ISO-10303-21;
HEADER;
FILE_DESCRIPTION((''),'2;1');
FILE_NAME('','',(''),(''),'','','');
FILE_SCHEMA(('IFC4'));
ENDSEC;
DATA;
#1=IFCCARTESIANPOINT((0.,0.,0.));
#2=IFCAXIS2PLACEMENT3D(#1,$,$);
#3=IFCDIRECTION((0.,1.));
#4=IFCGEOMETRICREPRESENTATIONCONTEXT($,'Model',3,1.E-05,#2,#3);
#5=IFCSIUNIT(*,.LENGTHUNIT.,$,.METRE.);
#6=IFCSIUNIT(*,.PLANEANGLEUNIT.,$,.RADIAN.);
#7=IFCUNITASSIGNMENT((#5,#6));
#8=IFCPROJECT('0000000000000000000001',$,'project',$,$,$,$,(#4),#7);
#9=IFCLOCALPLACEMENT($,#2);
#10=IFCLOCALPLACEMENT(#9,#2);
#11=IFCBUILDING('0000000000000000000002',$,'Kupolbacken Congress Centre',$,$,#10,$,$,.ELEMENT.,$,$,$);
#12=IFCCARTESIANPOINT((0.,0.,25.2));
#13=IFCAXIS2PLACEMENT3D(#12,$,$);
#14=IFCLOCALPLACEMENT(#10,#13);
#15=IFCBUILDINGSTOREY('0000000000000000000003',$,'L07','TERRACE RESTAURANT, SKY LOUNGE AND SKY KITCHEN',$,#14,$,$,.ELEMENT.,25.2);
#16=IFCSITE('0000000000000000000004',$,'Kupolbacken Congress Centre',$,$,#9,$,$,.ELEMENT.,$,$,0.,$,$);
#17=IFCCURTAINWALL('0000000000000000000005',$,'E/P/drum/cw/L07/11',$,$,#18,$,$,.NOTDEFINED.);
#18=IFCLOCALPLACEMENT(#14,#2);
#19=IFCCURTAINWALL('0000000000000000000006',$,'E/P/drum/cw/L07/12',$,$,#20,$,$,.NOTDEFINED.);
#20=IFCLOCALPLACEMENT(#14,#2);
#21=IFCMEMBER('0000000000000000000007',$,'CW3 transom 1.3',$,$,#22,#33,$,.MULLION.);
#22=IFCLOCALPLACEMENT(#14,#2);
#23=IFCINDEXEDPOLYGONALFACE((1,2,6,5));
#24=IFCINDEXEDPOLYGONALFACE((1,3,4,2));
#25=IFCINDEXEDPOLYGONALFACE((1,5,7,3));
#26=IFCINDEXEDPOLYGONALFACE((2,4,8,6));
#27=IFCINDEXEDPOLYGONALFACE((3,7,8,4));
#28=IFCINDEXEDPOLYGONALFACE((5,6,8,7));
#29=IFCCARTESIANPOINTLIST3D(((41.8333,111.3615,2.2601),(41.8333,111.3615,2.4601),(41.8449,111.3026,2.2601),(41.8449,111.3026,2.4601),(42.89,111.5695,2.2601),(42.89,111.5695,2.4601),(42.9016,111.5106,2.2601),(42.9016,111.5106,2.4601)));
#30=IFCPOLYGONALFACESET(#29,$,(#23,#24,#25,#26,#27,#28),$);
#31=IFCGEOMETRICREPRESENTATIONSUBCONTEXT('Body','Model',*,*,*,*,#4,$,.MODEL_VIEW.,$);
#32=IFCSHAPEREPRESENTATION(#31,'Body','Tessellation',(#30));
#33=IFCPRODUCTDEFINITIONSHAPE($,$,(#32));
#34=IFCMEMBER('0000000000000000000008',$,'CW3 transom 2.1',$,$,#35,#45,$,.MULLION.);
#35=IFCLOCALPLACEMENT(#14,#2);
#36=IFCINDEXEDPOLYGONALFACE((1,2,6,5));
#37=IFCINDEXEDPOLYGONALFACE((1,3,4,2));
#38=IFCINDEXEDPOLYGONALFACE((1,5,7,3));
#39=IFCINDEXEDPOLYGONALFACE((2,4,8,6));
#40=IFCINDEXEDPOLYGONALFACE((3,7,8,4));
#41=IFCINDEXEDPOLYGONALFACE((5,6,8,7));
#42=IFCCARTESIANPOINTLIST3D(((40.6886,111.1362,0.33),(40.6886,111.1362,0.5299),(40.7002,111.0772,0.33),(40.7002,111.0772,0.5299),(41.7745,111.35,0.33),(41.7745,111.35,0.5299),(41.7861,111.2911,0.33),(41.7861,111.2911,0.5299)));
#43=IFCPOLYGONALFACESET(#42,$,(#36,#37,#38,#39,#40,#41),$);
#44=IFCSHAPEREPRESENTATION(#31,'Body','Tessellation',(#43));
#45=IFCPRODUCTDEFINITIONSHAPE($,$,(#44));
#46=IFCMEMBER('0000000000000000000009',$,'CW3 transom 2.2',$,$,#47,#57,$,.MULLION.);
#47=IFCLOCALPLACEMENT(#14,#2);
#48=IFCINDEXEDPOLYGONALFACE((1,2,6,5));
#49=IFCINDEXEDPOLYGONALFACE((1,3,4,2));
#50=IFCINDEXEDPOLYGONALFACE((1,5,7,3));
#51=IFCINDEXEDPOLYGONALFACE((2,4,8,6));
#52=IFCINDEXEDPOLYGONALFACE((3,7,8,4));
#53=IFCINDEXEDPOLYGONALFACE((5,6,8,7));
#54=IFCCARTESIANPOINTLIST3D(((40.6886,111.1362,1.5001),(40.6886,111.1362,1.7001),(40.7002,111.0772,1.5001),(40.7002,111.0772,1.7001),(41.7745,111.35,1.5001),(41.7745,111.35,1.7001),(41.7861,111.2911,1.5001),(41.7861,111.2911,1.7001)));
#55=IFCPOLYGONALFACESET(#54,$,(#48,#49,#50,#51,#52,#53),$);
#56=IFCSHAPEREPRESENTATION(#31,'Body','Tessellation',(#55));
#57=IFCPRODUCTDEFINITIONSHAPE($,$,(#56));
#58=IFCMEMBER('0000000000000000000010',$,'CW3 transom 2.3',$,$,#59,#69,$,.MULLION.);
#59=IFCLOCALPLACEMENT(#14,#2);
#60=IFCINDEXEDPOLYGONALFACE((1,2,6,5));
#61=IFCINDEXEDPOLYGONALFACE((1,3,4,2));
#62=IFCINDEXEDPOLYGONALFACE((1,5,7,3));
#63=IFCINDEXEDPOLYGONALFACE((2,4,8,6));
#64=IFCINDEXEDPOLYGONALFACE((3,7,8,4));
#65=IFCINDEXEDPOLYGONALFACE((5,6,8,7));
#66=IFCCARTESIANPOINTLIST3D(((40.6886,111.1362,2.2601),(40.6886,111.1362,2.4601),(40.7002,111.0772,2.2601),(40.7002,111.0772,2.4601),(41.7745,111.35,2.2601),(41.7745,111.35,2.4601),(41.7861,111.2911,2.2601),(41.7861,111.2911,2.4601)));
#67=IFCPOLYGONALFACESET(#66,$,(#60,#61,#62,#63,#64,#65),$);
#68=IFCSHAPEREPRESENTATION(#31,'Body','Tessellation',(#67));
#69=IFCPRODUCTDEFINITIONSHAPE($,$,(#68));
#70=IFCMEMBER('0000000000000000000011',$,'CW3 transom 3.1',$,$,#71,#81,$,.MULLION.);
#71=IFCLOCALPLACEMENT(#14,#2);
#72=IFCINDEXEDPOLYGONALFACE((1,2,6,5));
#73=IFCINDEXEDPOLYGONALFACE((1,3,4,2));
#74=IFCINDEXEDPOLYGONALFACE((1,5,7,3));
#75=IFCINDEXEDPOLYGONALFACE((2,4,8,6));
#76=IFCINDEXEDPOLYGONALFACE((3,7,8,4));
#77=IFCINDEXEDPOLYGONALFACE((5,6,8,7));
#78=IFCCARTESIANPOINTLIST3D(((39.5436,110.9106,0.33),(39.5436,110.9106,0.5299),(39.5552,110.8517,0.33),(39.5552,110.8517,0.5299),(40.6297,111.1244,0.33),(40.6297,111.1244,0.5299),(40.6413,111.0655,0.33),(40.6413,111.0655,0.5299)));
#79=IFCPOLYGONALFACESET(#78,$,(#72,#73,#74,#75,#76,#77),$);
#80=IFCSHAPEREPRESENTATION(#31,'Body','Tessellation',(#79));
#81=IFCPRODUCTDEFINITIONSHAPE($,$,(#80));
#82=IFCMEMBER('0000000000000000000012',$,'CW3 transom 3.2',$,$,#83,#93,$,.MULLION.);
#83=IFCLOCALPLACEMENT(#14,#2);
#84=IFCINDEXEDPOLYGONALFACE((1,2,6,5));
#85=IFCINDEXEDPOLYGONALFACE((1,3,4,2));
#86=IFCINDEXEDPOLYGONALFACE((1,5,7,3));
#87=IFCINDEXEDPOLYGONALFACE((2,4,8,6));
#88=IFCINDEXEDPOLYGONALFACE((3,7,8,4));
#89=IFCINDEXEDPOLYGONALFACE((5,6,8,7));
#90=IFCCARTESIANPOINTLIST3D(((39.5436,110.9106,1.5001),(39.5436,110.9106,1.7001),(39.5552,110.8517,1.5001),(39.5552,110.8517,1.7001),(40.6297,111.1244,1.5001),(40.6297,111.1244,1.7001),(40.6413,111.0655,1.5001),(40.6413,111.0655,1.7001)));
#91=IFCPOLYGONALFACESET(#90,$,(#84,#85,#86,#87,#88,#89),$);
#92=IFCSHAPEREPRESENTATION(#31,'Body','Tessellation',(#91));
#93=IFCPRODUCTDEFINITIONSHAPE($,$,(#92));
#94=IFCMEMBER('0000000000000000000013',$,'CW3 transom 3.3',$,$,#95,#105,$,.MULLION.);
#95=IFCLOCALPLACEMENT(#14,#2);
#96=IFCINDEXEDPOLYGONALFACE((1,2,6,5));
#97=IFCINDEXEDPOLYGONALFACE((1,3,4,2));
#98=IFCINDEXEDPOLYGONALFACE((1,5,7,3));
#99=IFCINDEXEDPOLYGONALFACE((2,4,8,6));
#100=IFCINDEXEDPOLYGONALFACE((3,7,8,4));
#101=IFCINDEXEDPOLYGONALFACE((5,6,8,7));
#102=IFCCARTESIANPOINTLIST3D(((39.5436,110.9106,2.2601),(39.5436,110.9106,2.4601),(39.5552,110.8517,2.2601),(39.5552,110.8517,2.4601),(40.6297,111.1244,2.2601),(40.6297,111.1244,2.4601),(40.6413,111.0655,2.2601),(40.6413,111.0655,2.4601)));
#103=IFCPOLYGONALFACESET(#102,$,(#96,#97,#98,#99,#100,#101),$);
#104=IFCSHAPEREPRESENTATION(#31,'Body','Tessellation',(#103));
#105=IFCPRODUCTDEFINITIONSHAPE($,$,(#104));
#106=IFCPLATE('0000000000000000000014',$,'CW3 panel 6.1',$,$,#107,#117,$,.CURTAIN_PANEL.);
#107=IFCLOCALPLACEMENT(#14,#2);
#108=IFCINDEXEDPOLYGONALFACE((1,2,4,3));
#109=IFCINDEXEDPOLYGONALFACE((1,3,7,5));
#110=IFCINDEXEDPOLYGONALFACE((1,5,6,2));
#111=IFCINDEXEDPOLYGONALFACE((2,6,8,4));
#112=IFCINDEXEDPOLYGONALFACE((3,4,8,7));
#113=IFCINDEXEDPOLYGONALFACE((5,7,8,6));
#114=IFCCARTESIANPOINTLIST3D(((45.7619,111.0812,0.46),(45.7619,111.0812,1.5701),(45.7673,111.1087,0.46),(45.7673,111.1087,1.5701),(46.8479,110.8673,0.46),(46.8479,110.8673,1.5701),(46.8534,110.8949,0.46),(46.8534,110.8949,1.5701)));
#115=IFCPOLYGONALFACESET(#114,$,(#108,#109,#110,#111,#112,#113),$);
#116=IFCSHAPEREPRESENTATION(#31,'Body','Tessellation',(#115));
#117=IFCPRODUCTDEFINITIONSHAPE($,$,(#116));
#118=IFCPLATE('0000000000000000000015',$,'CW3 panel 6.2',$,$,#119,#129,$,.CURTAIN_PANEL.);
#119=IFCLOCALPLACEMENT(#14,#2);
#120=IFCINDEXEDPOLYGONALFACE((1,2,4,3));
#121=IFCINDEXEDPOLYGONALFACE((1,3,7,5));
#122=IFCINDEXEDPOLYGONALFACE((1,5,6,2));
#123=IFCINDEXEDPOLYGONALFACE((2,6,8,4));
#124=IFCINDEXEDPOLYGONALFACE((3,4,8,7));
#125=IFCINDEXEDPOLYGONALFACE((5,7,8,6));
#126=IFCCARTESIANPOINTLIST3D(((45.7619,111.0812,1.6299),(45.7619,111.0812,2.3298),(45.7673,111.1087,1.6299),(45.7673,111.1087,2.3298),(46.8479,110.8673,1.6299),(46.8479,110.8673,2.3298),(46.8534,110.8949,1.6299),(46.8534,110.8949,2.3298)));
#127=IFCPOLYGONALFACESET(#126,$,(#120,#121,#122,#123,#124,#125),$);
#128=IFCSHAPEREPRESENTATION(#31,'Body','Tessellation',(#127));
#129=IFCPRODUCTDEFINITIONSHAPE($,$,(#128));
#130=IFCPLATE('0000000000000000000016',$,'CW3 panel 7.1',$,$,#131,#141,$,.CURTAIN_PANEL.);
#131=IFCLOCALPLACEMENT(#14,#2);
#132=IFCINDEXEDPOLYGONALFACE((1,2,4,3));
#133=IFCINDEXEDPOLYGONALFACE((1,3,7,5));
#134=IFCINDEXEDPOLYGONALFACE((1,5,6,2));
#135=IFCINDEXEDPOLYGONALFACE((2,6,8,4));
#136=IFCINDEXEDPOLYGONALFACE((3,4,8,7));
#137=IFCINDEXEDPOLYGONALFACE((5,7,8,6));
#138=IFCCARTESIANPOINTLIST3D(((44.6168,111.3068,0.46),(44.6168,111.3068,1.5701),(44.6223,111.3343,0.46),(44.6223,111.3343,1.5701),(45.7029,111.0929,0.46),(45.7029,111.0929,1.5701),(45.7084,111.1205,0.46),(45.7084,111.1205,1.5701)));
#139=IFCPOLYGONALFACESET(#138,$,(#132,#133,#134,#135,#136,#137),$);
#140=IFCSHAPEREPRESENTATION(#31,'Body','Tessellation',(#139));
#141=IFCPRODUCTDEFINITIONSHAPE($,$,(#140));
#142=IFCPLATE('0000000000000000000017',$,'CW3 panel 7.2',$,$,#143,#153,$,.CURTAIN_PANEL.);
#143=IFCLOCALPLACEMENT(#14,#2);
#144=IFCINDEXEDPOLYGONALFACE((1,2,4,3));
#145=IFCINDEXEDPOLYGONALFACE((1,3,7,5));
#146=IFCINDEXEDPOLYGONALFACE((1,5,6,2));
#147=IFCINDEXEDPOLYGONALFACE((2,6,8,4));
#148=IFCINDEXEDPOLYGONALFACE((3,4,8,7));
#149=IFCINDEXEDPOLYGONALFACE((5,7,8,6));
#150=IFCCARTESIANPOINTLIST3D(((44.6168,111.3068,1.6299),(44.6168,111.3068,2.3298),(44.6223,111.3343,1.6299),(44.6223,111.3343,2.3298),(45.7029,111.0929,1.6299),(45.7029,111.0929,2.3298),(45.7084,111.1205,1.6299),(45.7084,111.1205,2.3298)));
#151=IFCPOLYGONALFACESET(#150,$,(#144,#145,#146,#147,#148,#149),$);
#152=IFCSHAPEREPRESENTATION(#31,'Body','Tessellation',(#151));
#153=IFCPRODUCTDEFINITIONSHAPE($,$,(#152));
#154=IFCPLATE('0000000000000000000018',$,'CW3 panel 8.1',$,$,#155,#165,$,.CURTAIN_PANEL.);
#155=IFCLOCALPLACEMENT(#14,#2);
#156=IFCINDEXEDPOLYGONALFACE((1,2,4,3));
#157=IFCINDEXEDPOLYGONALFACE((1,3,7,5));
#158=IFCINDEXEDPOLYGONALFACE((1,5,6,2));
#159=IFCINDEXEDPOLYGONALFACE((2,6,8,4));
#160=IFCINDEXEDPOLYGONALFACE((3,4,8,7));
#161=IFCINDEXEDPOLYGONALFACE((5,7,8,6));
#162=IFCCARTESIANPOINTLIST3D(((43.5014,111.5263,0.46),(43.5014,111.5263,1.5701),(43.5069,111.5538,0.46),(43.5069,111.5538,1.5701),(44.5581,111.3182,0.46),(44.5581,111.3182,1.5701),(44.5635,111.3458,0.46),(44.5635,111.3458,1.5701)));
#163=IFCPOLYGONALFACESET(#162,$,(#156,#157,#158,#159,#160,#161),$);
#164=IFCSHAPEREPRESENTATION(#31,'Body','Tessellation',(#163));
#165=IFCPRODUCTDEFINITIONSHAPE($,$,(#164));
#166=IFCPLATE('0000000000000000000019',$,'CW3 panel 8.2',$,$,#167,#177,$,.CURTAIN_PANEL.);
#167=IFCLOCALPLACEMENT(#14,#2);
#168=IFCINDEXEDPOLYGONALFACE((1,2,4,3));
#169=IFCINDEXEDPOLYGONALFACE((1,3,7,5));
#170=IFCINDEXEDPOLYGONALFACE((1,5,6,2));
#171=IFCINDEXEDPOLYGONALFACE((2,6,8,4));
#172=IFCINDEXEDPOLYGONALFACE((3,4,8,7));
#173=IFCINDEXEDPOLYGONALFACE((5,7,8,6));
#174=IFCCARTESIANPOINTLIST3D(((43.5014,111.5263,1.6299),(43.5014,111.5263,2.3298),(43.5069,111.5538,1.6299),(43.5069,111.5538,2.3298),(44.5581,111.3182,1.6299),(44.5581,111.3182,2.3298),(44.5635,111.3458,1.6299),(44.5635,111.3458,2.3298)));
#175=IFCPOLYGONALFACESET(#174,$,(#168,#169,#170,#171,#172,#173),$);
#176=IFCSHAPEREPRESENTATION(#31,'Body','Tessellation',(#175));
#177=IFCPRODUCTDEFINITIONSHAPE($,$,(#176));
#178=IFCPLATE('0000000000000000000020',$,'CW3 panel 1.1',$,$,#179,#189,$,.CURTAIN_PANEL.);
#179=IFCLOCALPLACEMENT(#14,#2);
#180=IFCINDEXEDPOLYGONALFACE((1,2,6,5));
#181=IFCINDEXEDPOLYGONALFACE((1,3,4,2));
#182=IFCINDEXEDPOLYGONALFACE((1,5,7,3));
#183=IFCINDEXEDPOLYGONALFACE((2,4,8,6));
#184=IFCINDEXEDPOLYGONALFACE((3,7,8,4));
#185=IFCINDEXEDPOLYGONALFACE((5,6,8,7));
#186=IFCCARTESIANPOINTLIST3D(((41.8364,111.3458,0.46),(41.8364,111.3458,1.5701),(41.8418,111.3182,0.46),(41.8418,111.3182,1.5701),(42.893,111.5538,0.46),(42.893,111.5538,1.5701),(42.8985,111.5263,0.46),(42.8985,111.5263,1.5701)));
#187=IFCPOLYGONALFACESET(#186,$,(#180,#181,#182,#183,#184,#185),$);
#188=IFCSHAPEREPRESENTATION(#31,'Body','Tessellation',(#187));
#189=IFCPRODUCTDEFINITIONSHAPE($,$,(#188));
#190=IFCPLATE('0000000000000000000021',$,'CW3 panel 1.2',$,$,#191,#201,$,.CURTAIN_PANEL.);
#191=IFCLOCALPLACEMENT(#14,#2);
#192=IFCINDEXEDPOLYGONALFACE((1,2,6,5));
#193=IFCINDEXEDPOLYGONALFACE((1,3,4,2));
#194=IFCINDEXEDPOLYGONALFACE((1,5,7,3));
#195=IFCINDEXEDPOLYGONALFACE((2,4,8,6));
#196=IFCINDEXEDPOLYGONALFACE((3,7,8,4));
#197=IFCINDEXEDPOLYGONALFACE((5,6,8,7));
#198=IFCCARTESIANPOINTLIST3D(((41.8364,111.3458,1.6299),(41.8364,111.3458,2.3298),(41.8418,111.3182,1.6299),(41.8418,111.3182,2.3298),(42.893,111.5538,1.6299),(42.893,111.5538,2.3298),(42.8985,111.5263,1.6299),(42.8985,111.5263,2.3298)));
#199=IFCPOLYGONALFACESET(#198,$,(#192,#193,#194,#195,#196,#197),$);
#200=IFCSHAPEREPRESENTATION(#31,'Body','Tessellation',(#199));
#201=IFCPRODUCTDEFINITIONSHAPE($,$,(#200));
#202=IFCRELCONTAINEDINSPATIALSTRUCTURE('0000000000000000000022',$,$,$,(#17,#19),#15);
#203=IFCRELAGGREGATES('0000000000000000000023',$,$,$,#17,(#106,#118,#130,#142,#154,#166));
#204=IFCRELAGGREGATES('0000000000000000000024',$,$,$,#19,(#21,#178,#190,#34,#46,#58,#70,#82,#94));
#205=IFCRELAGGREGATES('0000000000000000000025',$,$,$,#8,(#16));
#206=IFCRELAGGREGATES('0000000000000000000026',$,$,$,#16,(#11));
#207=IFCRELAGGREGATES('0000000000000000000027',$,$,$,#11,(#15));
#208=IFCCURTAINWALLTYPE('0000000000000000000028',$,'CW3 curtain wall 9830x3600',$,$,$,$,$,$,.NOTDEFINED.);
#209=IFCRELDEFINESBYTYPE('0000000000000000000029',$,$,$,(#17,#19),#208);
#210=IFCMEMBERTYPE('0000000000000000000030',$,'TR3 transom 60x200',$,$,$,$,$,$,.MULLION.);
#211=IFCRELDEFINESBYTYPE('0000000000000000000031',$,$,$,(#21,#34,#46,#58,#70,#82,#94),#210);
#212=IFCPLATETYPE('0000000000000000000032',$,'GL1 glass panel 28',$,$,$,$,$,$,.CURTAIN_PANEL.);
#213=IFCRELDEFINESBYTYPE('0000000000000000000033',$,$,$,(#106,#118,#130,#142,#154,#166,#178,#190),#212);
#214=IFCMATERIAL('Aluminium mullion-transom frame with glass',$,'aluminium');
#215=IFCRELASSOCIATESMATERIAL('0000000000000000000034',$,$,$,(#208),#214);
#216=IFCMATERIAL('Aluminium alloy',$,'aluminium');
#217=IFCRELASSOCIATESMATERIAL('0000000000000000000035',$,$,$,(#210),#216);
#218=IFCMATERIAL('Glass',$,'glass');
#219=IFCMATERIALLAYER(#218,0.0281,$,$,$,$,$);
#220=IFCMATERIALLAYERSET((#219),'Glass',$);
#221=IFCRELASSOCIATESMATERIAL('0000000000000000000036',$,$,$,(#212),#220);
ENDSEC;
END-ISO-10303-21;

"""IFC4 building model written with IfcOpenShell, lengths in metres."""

from ifc_helpers import new_model, si_unit, direction, frame, origin, origin_2d, place, context, subcontext, project, spatial, rectangle, extrude, material, layer, layer_set, material_profile, profile_set, type_object, element, aggregate, save


model = new_model("IFC4")

# Units and contexts
model_context = context("Model", 3, precision=1e-05, world=origin(), true_north=direction((0.0, 1.0)))
body_context = subcontext(model_context, "Body", "Model", "MODEL_VIEW")
ifc_project = project(units=[si_unit("LENGTHUNIT", "METRE"), si_unit("PLANEANGLEUNIT", "RADIAN")], contexts=[model_context])

# Site, building, storey
site_placement = place(None, origin())
site = spatial("IfcSite", under=ifc_project, at=site_placement, Name="Kupolbacken Congress Centre", CompositionType="ELEMENT", RefElevation=0.0)
building_placement = place(site_placement, origin())
building = spatial("IfcBuilding", under=site, at=building_placement, Name="Kupolbacken Congress Centre", CompositionType="ELEMENT")
storey_placement = place(building_placement, frame((0.0, 0.0, 25.2)))
storey = spatial("IfcBuildingStorey", under=building, at=storey_placement, Name="L07", Description="TERRACE RESTAURANT, SKY LOUNGE AND SKY KITCHEN", CompositionType="ELEMENT", Elevation=25.2)

# Curtain walls
ifc_material_1 = material(Name="Aluminium mullion-transom frame with glass", Category="aluminium")
curtain_wall_type = type_object("IfcCurtainWallType", Name="CW3 curtain wall 9830x3600", PredefinedType="NOTDEFINED", material=ifc_material_1)
curtain_wall_1_placement = place(storey_placement, origin())
curtain_wall_1 = element("IfcCurtainWall", 1, at=curtain_wall_1_placement, inside=storey, type_object=curtain_wall_type, Name="E/P/drum/cw/L07/11", PredefinedType="NOTDEFINED")
curtain_wall_2_placement = place(storey_placement, origin())
curtain_wall_2 = element("IfcCurtainWall", 2, at=curtain_wall_2_placement, inside=storey, type_object=curtain_wall_type, Name="E/P/drum/cw/L07/12", PredefinedType="NOTDEFINED")

# Members
ifc_material_2 = material(Name="Aluminium alloy", Category="aluminium")
ifc_material_profile_1 = material_profile(ifc_material_2, rectangle(XDim=0.0601, YDim=0.2, at=origin_2d()), Name="60 x 200")
ifc_profile_set_1 = profile_set([ifc_material_profile_1], Name="Aluminium alloy")
member_type_1 = type_object("IfcMemberType", Name="TR3 transom 60x200", PredefinedType="MULLION", material=ifc_profile_set_1)
member_1_placement = place(storey_placement, frame((42.8958, 111.54, 2.3601), z_axis=(-0.981169, -0.193151, 0.0), x_axis=(0.193151, -0.981169, 0.0)))
member_1 = element("IfcMember", 3, at=member_1_placement, type_object=member_type_1, Name="CW3 transom 1.3", PredefinedType="MULLION", context=body_context, shape_type="SweptSolid", body=[
    extrude(rectangle(XDim=0.0601, YDim=0.2, at=origin_2d()), origin(), (0.0, 0.0, 1.0), 1.0769),
])
member_2_placement = place(storey_placement, frame((41.7803, 111.3206, 0.4299), z_axis=(-0.981153, -0.193231, 0.0), x_axis=(0.193231, -0.981153, 0.0)))
member_2 = element("IfcMember", 4, at=member_2_placement, type_object=member_type_1, Name="CW3 transom 2.1", PredefinedType="MULLION", context=body_context, shape_type="SweptSolid", body=[
    extrude(rectangle(XDim=0.0601, YDim=0.2, at=origin_2d()), origin(), (0.0, 0.0, 1.0), 1.1067),
])
member_3_placement = place(storey_placement, frame((41.7803, 111.3206, 1.6001), z_axis=(-0.981153, -0.193231, 0.0), x_axis=(0.193231, -0.981153, 0.0)))
member_3 = element("IfcMember", 5, at=member_3_placement, type_object=member_type_1, Name="CW3 transom 2.2", PredefinedType="MULLION", context=body_context, shape_type="SweptSolid", body=[
    extrude(rectangle(XDim=0.0601, YDim=0.2, at=origin_2d()), origin(), (0.0, 0.0, 1.0), 1.1067),
])
member_4_placement = place(storey_placement, frame((41.7803, 111.3206, 2.3601), z_axis=(-0.981153, -0.193231, 0.0), x_axis=(0.193231, -0.981153, 0.0)))
member_4 = element("IfcMember", 6, at=member_4_placement, type_object=member_type_1, Name="CW3 transom 2.3", PredefinedType="MULLION", context=body_context, shape_type="SweptSolid", body=[
    extrude(rectangle(XDim=0.0601, YDim=0.2, at=origin_2d()), origin(), (0.0, 0.0, 1.0), 1.1067),
])
member_5_placement = place(storey_placement, frame((40.6355, 111.095, 0.4299), z_axis=(-0.981162, -0.193189, 0.0), x_axis=(0.193189, -0.981162, 0.0)))
member_5 = element("IfcMember", 7, at=member_5_placement, type_object=member_type_1, Name="CW3 transom 3.1", PredefinedType="MULLION", context=body_context, shape_type="SweptSolid", body=[
    extrude(rectangle(XDim=0.0601, YDim=0.2, at=origin_2d()), origin(), (0.0, 0.0, 1.0), 1.1069),
])
member_6_placement = place(storey_placement, frame((40.6355, 111.095, 1.6001), z_axis=(-0.981162, -0.193189, 0.0), x_axis=(0.193189, -0.981162, 0.0)))
member_6 = element("IfcMember", 8, at=member_6_placement, type_object=member_type_1, Name="CW3 transom 3.2", PredefinedType="MULLION", context=body_context, shape_type="SweptSolid", body=[
    extrude(rectangle(XDim=0.0601, YDim=0.2, at=origin_2d()), origin(), (0.0, 0.0, 1.0), 1.1069),
])
member_7_placement = place(storey_placement, frame((40.6355, 111.095, 2.3601), z_axis=(-0.981162, -0.193189, 0.0), x_axis=(0.193189, -0.981162, 0.0)))
member_7 = element("IfcMember", 9, at=member_7_placement, type_object=member_type_1, Name="CW3 transom 3.3", PredefinedType="MULLION", context=body_context, shape_type="SweptSolid", body=[
    extrude(rectangle(XDim=0.0601, YDim=0.2, at=origin_2d()), origin(), (0.0, 0.0, 1.0), 1.1069),
])

# Plates
ifc_material_3 = material(Name="Glass", Category="glass")
ifc_layer_1 = layer(ifc_material_3, 0.0281)
ifc_layer_set_1 = layer_set([ifc_layer_1], Name="Glass")
plate_type = type_object("IfcPlateType", Name="GL1 glass panel 28", PredefinedType="CURTAIN_PANEL", material=ifc_layer_set_1)
plate_1_placement = place(storey_placement, frame((46.3076, 110.988, 0.46), z_axis=(0.0, 0.0, 1.0), x_axis=(-0.981163, 0.193182, 0.0)))
plate_1 = element("IfcPlate", 10, at=plate_1_placement, type_object=plate_type, Name="CW3 panel 6.1", PredefinedType="CURTAIN_PANEL", context=body_context, shape_type="SweptSolid", body=[
    extrude(rectangle(XDim=1.1069, YDim=0.0281, at=origin_2d()), origin(), (0.0, 0.0, 1.0), 1.1101),
])
plate_2_placement = place(storey_placement, frame((46.3076, 110.988, 1.6299), z_axis=(0.0, 0.0, 1.0), x_axis=(-0.981163, 0.193182, 0.0)))
plate_2 = element("IfcPlate", 11, at=plate_2_placement, type_object=plate_type, Name="CW3 panel 6.2", PredefinedType="CURTAIN_PANEL", context=body_context, shape_type="SweptSolid", body=[
    extrude(rectangle(XDim=1.1069, YDim=0.0281, at=origin_2d()), origin(), (0.0, 0.0, 1.0), 0.7),
])
plate_3_placement = place(storey_placement, frame((45.1626, 111.2136, 0.46), z_axis=(0.0, 0.0, 1.0), x_axis=(-0.981163, 0.193182, 0.0)))
plate_3 = element("IfcPlate", 12, at=plate_3_placement, type_object=plate_type, Name="CW3 panel 7.1", PredefinedType="CURTAIN_PANEL", context=body_context, shape_type="SweptSolid", body=[
    extrude(rectangle(XDim=1.1069, YDim=0.0281, at=origin_2d()), origin(), (0.0, 0.0, 1.0), 1.1101),
])
plate_4_placement = place(storey_placement, frame((45.1626, 111.2136, 1.6299), z_axis=(0.0, 0.0, 1.0), x_axis=(-0.981163, 0.193182, 0.0)))
plate_4 = element("IfcPlate", 13, at=plate_4_placement, type_object=plate_type, Name="CW3 panel 7.2", PredefinedType="CURTAIN_PANEL", context=body_context, shape_type="SweptSolid", body=[
    extrude(rectangle(XDim=1.1069, YDim=0.0281, at=origin_2d()), origin(), (0.0, 0.0, 1.0), 0.7),
])
plate_5_placement = place(storey_placement, frame((44.0325, 111.436, 0.46), z_axis=(0.0, 0.0, 1.0), x_axis=(-0.981163, 0.193182, 0.0)))
plate_5 = element("IfcPlate", 14, at=plate_5_placement, type_object=plate_type, Name="CW3 panel 8.1", PredefinedType="CURTAIN_PANEL", context=body_context, shape_type="SweptSolid", body=[
    extrude(rectangle(XDim=1.0769, YDim=0.0281, at=origin_2d()), origin(), (0.0, 0.0, 1.0), 1.1101),
])
plate_6_placement = place(storey_placement, frame((44.0325, 111.436, 1.6299), z_axis=(0.0, 0.0, 1.0), x_axis=(-0.981163, 0.193182, 0.0)))
plate_6 = element("IfcPlate", 15, at=plate_6_placement, type_object=plate_type, Name="CW3 panel 8.2", PredefinedType="CURTAIN_PANEL", context=body_context, shape_type="SweptSolid", body=[
    extrude(rectangle(XDim=1.0769, YDim=0.0281, at=origin_2d()), origin(), (0.0, 0.0, 1.0), 0.7),
])
aggregate(curtain_wall_1, [plate_1, plate_2, plate_3, plate_4, plate_5, plate_6])
plate_7_placement = place(storey_placement, frame((42.3674, 111.436, 0.46), z_axis=(0.0, 0.0, 1.0), x_axis=(-0.981163, -0.193182, 0.0)))
plate_7 = element("IfcPlate", 16, at=plate_7_placement, type_object=plate_type, Name="CW3 panel 1.1", PredefinedType="CURTAIN_PANEL", context=body_context, shape_type="SweptSolid", body=[
    extrude(rectangle(XDim=1.0769, YDim=0.0281, at=origin_2d()), origin(), (0.0, 0.0, 1.0), 1.1101),
])
plate_8_placement = place(storey_placement, frame((42.3674, 111.436, 1.6299), z_axis=(0.0, 0.0, 1.0), x_axis=(-0.981163, -0.193182, 0.0)))
plate_8 = element("IfcPlate", 17, at=plate_8_placement, type_object=plate_type, Name="CW3 panel 1.2", PredefinedType="CURTAIN_PANEL", context=body_context, shape_type="SweptSolid", body=[
    extrude(rectangle(XDim=1.0769, YDim=0.0281, at=origin_2d()), origin(), (0.0, 0.0, 1.0), 0.7),
])
aggregate(curtain_wall_2, [member_1, plate_7, plate_8, member_2, member_3, member_4, member_5, member_6, member_7])

save(model, "model.ifc")
